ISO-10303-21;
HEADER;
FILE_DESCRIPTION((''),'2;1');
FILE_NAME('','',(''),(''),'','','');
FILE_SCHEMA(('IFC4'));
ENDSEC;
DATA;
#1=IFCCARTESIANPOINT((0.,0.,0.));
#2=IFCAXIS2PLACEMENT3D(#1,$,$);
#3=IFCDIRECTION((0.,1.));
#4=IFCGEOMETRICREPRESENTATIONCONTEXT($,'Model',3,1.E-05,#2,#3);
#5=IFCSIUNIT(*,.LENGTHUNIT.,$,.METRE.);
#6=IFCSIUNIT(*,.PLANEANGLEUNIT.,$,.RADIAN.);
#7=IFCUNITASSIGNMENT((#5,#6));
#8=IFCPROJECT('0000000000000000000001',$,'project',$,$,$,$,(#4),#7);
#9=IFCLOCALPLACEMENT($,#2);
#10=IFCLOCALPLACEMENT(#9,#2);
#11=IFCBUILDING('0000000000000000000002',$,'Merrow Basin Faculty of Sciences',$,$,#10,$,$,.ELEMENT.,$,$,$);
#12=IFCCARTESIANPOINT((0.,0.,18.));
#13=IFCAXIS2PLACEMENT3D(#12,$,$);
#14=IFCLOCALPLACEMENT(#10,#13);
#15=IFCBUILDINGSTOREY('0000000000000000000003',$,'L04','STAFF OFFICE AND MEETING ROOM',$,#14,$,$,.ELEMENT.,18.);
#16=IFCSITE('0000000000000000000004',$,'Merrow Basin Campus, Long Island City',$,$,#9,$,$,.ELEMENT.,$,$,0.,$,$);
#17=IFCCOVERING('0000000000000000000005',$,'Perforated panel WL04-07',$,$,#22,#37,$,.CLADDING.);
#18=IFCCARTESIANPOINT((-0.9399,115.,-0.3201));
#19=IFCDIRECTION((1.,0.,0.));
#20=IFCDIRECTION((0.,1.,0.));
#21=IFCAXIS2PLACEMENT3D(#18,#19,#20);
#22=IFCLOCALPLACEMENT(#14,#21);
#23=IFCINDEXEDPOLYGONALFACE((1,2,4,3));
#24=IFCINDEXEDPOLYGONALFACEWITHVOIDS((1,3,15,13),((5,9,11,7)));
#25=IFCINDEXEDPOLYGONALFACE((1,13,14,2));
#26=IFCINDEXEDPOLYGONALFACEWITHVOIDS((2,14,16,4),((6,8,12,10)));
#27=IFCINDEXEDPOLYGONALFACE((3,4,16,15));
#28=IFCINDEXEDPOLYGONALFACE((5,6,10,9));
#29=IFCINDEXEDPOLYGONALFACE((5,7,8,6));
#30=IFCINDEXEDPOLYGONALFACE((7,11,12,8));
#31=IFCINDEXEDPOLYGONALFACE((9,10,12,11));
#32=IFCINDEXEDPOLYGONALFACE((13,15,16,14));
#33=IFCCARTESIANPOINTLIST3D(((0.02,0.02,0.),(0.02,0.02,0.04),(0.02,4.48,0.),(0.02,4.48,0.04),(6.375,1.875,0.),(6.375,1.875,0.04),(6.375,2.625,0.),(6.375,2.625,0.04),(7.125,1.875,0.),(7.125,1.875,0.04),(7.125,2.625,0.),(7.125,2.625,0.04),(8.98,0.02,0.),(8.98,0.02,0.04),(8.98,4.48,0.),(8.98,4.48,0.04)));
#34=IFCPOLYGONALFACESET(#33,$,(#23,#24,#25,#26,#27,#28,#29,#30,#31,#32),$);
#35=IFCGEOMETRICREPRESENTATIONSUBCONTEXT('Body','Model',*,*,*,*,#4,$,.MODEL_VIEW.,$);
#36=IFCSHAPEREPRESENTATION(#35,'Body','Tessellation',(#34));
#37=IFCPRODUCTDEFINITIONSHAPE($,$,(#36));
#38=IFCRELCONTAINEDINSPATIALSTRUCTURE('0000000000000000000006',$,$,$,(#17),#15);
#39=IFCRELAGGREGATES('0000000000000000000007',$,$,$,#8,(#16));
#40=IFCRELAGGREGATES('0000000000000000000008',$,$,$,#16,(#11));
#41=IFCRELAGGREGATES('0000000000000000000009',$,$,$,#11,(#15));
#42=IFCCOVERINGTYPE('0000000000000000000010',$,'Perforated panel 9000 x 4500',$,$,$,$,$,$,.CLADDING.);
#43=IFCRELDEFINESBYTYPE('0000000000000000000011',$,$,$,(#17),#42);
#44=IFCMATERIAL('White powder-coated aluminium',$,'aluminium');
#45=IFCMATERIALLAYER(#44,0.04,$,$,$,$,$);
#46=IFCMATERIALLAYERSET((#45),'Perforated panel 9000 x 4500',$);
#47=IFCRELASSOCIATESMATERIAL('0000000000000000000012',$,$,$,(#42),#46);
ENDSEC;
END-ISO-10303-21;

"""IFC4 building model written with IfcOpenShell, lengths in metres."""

from ifc_helpers import new_model, si_unit, direction, frame, origin, place, context, subcontext, project, spatial, polyline, outline, extrude, source, transform, mapped, material, layer, layer_set, type_object, element, save


model = new_model("IFC4")

# Units and contexts
model_context = context("Model", 3, precision=1e-05, world=origin(), true_north=direction((0.0, 1.0)))
body_context = subcontext(model_context, "Body", "Model", "MODEL_VIEW")
ifc_project = project(units=[si_unit("LENGTHUNIT", "METRE"), si_unit("PLANEANGLEUNIT", "RADIAN")], contexts=[model_context])

# Site, building, storey
site_placement = place(None, origin())
site = spatial("IfcSite", under=ifc_project, at=site_placement, Name="Merrow Basin Campus, Long Island City", CompositionType="ELEMENT", RefElevation=0.0)
building_placement = place(site_placement, origin())
building = spatial("IfcBuilding", under=site, at=building_placement, Name="Merrow Basin Faculty of Sciences", CompositionType="ELEMENT")
storey_placement = place(building_placement, frame((0.0, 0.0, 18.0)))
storey = spatial("IfcBuildingStorey", under=building, at=storey_placement, Name="L04", Description="STAFF OFFICE AND MEETING ROOM", CompositionType="ELEMENT", Elevation=18.0)

# Covering
ifc_material_1 = material(Name="White powder-coated aluminium", Category="aluminium")
ifc_layer_1 = layer(ifc_material_1, 0.04)
ifc_layer_set_1 = layer_set([ifc_layer_1], Name="Perforated panel 9000 x 4500")
covering_type = type_object("IfcCoveringType", Name="Perforated panel 9000 x 4500", PredefinedType="CLADDING", material=ifc_layer_set_1)
shared_shape_1 = source(origin(), body_context, "Body", "SweptSolid", [
    extrude(outline(polyline([(0.02, 0.02), (8.98, 0.02), (8.98, 4.48), (0.02, 4.48), (0.02, 0.02)]), holes=[polyline([(6.375, 1.875), (7.125, 1.875), (7.125, 2.625), (6.375, 2.625), (6.375, 1.875)])]), origin(), (0.0, 0.0, 1.0), 0.04),
])
covering_placement = place(storey_placement, frame((-0.9399, 115.0, -0.3201), z_axis=(1.0, 0.0, 0.0), x_axis=(0.0, 1.0, 0.0)))
element("IfcCovering", 1, at=covering_placement, inside=storey, type_object=covering_type, Name="Perforated panel WL04-07", PredefinedType="CLADDING", context=body_context, shape_type="MappedRepresentation", body=[
    mapped(shared_shape_1, transform((0.0, 0.0, 0.0), scale=1.0)),
])

save(model, "model.ifc")
